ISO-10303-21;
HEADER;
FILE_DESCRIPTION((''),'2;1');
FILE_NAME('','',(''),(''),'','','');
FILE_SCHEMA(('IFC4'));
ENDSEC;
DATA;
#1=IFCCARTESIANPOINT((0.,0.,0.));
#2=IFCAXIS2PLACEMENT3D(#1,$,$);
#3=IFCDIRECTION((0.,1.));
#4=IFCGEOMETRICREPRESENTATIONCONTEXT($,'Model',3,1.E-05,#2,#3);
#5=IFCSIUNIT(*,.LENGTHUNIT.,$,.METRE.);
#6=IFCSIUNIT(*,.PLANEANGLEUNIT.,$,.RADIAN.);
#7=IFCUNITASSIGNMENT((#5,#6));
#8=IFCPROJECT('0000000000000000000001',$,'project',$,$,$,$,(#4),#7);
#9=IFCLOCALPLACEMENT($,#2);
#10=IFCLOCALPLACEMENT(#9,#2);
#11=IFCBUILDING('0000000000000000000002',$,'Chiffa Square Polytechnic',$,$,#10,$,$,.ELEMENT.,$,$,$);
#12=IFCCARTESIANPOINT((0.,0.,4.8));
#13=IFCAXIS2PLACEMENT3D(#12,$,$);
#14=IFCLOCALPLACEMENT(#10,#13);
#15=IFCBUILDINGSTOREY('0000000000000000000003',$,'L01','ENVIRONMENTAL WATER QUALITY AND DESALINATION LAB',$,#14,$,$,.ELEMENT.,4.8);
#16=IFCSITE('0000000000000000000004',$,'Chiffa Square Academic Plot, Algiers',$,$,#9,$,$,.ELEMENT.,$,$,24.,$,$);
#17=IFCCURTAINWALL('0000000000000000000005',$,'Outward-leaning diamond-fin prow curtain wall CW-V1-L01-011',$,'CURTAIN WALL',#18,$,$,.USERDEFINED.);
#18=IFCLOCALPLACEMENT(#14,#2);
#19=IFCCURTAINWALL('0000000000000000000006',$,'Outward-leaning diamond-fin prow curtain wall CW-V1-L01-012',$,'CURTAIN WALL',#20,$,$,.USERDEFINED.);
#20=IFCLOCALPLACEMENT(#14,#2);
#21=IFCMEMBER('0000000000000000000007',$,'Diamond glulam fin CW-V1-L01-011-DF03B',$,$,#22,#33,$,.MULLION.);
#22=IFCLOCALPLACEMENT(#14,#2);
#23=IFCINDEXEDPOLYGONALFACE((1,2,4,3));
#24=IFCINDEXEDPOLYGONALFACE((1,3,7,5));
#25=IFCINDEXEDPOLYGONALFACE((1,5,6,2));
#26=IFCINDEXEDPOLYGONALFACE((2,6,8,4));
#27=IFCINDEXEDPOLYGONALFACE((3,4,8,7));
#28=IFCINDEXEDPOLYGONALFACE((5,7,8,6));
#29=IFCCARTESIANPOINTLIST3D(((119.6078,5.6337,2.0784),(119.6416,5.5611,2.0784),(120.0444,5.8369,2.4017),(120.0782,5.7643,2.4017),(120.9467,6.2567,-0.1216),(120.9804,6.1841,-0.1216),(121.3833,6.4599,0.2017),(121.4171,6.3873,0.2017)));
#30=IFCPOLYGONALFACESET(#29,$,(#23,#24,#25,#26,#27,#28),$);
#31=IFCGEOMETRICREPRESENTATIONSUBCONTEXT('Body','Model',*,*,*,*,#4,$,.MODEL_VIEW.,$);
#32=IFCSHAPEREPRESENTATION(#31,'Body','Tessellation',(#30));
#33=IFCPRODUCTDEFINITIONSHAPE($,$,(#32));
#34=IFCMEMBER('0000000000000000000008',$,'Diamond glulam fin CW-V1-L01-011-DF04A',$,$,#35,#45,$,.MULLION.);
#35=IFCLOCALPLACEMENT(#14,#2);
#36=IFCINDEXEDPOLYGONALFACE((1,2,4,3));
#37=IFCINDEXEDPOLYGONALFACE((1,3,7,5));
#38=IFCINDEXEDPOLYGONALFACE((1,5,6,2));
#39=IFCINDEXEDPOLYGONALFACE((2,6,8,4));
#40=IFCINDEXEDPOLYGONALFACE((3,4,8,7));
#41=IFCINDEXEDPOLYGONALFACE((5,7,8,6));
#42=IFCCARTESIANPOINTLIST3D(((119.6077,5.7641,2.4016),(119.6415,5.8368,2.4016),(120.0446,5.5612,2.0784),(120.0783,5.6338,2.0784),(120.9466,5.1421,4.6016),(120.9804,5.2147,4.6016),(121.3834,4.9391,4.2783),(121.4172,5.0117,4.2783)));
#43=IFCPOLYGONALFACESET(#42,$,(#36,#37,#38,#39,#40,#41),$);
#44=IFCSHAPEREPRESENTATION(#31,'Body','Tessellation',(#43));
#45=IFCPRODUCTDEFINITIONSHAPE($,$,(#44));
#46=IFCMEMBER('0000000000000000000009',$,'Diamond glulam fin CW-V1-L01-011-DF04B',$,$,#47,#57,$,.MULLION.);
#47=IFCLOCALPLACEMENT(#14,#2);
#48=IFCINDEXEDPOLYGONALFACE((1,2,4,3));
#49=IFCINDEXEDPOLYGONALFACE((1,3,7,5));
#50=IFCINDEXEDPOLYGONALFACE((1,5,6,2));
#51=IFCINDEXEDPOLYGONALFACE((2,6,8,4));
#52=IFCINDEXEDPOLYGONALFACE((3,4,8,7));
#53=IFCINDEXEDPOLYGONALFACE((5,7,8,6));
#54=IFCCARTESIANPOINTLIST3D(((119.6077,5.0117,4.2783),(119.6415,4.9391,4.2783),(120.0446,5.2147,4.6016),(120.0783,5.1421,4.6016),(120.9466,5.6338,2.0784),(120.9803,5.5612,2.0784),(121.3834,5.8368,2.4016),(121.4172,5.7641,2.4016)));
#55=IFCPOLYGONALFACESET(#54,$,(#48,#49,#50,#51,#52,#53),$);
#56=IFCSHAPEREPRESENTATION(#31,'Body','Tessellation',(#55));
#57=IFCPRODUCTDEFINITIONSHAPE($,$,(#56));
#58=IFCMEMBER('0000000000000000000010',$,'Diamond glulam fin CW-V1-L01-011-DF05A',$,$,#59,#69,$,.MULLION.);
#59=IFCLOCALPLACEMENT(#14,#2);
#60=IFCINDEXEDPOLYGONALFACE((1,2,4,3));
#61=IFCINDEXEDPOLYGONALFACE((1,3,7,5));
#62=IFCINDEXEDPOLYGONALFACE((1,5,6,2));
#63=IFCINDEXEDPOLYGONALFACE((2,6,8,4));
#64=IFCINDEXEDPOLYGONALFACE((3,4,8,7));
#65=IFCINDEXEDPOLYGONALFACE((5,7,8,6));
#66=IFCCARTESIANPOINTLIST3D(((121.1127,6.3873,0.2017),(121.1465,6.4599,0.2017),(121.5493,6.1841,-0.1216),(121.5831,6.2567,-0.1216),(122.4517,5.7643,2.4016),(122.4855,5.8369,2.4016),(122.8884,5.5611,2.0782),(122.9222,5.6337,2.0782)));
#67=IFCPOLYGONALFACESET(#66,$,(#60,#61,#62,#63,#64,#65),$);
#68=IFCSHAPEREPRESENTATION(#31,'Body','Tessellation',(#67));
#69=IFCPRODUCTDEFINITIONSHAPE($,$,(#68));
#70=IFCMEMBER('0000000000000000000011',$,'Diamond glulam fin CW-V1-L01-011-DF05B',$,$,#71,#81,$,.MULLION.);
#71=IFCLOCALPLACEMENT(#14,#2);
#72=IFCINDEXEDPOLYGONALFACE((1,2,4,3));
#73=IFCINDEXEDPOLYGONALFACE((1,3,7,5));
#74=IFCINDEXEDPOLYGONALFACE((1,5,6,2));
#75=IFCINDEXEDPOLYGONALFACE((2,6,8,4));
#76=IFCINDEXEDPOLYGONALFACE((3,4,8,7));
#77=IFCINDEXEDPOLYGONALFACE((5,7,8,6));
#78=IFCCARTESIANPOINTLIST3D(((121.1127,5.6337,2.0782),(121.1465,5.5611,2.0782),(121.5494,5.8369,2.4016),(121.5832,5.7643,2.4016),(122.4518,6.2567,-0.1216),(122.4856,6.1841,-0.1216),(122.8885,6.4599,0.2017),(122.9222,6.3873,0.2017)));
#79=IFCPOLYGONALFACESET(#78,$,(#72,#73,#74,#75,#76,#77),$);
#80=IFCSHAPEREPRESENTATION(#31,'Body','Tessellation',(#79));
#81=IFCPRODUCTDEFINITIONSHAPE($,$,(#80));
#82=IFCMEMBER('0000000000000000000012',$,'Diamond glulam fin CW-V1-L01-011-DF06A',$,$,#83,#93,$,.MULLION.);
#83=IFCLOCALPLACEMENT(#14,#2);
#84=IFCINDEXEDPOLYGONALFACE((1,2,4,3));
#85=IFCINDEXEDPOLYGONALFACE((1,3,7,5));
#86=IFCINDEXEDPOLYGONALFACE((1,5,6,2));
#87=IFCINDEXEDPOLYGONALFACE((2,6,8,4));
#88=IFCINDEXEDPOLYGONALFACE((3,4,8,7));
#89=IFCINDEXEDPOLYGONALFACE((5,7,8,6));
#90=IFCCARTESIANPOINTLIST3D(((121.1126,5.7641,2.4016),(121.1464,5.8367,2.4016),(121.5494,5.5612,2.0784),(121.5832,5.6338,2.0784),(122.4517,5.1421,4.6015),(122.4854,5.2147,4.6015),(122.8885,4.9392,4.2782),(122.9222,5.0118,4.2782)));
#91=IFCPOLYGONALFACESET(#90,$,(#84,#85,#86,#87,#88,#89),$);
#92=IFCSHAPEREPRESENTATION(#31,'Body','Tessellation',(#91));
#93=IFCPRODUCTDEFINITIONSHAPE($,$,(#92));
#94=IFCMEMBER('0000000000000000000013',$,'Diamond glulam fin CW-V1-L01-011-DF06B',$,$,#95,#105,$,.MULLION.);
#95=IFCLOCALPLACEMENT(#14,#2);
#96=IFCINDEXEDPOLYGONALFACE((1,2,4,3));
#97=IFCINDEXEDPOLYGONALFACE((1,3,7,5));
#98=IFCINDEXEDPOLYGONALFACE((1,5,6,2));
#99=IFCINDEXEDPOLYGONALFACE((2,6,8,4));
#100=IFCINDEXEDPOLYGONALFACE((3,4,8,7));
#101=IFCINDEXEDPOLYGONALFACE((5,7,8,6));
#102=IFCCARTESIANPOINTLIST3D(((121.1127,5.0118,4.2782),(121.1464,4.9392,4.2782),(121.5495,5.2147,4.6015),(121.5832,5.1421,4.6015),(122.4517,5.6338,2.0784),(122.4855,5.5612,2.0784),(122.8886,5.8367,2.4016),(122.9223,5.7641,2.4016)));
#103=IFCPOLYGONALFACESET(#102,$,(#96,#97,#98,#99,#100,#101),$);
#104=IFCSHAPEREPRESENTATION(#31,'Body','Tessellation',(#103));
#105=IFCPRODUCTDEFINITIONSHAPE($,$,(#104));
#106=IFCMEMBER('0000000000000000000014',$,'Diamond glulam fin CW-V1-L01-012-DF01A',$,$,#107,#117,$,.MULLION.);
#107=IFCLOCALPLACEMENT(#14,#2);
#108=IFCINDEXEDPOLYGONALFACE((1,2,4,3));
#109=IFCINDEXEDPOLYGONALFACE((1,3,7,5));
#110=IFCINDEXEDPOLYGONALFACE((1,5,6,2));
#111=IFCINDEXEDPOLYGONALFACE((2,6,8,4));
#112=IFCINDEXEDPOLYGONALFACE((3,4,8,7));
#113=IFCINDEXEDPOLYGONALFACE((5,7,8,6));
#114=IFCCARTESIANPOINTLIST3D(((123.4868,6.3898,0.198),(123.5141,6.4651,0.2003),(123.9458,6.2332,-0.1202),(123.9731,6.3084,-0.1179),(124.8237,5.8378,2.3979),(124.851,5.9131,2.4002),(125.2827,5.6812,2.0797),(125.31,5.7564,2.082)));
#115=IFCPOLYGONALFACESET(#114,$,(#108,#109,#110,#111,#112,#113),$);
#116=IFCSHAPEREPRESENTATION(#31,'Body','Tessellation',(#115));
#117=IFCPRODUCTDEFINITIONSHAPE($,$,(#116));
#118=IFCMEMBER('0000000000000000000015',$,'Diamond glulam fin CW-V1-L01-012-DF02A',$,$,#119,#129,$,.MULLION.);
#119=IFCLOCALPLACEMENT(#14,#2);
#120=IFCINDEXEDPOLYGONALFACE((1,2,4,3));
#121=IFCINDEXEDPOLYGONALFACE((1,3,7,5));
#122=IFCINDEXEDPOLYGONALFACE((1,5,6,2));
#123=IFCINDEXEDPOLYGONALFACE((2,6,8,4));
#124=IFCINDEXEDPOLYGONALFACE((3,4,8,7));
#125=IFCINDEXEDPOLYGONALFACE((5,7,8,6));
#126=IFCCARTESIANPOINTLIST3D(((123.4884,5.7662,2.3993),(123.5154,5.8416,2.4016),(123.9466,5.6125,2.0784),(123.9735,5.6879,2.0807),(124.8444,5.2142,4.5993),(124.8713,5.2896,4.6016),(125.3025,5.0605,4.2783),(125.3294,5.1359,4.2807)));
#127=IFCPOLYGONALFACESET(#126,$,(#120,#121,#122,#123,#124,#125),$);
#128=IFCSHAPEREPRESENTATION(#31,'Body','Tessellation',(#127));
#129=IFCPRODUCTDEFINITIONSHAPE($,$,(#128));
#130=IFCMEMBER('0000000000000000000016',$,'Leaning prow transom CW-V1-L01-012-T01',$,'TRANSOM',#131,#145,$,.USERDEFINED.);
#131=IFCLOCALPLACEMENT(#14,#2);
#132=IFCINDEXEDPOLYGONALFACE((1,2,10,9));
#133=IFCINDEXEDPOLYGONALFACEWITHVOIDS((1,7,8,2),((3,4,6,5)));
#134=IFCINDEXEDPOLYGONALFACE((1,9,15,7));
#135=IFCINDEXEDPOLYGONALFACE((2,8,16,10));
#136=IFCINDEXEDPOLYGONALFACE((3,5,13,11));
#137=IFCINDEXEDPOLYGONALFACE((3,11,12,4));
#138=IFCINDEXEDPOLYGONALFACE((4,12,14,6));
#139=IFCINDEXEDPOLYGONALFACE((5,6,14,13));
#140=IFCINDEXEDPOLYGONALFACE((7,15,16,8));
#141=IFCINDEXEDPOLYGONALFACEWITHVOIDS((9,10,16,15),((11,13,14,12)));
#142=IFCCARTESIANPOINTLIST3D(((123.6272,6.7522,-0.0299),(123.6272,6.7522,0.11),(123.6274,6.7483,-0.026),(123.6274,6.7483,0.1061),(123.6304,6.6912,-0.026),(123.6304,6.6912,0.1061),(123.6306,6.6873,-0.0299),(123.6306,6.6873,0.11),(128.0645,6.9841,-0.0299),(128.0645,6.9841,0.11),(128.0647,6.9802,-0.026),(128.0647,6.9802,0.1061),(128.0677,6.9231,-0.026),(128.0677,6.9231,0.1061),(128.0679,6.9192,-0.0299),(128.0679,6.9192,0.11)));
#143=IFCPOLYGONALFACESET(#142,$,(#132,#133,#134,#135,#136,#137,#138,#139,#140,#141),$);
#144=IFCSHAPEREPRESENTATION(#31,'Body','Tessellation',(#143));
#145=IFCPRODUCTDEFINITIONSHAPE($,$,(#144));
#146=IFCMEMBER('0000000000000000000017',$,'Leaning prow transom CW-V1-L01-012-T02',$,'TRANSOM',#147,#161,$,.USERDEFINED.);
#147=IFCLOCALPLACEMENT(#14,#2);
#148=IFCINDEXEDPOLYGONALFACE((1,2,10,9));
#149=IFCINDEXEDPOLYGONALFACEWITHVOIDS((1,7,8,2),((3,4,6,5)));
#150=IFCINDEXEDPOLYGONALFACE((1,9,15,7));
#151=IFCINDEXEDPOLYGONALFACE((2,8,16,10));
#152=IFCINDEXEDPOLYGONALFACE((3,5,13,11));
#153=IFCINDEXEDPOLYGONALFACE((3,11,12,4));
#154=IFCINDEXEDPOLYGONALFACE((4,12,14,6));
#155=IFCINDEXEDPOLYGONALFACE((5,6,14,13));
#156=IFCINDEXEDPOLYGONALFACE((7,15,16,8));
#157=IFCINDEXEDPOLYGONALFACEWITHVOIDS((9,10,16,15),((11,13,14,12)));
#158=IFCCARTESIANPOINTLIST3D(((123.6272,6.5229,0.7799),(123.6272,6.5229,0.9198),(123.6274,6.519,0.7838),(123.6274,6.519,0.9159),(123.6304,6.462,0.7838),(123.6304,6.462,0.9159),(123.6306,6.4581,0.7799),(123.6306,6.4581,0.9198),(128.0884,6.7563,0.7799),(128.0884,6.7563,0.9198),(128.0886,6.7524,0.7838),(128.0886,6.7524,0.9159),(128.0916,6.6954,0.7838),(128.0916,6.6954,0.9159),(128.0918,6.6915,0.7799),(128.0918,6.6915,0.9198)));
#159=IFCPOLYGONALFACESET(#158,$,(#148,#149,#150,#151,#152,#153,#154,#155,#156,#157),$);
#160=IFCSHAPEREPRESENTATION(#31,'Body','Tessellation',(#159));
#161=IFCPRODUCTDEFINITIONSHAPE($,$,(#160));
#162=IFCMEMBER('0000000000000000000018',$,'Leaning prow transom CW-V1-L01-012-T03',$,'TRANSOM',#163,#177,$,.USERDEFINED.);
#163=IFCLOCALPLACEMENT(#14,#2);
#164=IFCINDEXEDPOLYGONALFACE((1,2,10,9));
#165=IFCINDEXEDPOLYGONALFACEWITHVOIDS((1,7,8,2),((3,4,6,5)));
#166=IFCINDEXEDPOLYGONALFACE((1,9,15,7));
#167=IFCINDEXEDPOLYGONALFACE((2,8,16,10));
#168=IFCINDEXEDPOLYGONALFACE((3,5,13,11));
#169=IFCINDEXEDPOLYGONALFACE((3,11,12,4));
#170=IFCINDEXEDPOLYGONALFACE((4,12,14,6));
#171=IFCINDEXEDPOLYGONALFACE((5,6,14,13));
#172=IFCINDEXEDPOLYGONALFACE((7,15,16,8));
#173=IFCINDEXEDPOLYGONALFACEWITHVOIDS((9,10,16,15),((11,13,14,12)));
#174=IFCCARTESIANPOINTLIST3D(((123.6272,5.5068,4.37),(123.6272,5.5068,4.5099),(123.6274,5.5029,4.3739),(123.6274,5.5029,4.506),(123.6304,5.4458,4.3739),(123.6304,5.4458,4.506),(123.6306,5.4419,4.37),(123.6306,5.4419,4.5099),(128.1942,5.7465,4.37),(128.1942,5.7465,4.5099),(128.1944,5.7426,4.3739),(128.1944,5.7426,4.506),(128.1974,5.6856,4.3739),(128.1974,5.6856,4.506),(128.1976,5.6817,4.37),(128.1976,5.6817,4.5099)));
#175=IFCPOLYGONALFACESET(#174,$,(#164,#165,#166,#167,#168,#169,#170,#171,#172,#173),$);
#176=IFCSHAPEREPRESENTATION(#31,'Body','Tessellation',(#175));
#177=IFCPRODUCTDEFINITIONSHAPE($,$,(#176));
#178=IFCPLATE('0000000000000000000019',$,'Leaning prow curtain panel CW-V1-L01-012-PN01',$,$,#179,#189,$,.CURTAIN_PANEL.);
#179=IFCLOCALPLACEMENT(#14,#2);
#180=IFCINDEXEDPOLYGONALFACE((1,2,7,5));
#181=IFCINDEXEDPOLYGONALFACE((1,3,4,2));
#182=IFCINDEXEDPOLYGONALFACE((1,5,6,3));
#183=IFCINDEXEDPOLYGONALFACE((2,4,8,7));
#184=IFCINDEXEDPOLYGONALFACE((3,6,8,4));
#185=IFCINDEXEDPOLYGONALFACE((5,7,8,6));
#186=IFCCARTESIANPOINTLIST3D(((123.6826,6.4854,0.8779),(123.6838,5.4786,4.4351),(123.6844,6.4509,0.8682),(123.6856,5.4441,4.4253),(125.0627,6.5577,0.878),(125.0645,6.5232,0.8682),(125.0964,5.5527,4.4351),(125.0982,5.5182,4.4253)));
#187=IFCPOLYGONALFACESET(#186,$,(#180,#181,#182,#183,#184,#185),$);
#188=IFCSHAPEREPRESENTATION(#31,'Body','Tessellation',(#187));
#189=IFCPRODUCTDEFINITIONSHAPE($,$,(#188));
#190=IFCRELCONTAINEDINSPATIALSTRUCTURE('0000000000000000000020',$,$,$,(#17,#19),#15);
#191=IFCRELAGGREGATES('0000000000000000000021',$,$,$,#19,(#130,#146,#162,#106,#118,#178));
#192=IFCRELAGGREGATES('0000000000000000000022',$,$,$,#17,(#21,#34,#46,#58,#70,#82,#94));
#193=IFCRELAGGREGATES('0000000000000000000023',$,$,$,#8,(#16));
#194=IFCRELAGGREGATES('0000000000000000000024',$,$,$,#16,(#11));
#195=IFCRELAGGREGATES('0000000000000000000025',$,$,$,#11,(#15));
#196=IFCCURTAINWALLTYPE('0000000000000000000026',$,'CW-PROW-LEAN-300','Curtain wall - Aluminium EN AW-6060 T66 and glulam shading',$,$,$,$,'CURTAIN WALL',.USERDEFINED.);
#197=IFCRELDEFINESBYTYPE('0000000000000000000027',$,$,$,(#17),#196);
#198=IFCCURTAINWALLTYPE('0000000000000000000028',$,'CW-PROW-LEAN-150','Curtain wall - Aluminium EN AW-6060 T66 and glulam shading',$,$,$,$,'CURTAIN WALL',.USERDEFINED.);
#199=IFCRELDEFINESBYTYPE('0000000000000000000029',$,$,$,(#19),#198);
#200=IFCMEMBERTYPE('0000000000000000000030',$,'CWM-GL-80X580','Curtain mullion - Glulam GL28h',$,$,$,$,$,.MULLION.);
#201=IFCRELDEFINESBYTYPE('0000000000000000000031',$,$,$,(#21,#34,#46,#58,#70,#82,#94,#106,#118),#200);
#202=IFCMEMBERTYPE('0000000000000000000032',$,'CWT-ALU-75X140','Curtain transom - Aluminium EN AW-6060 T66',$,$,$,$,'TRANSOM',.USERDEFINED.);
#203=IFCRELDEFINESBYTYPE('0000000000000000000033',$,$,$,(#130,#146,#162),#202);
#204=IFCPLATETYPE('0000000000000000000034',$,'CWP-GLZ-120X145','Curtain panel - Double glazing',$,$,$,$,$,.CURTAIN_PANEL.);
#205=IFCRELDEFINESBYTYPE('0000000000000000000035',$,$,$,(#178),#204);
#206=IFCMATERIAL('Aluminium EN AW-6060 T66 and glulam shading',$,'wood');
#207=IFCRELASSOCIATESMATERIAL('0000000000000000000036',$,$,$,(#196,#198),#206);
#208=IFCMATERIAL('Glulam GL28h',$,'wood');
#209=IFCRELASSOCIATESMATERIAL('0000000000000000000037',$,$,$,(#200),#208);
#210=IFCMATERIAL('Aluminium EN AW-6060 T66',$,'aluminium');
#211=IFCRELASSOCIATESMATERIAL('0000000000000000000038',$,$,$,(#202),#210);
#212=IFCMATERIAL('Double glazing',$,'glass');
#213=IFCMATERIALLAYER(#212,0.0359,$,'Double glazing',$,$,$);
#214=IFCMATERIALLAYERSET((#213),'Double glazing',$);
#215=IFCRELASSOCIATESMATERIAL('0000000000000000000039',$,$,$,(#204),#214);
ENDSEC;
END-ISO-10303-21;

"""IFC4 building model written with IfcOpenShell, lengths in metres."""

from ifc_helpers import new_model, si_unit, direction, frame, origin, origin_2d, place, context, subcontext, project, spatial, polyline, rectangle, hollow_rectangle, outline, extrude, material, layer, layer_set, material_profile, profile_set, type_object, element, aggregate, save


model = new_model("IFC4")

# Units and contexts
model_context = context("Model", 3, precision=1e-05, world=origin(), true_north=direction((0.0, 1.0)))
body_context = subcontext(model_context, "Body", "Model", "MODEL_VIEW")
ifc_project = project(units=[si_unit("LENGTHUNIT", "METRE"), si_unit("PLANEANGLEUNIT", "RADIAN")], contexts=[model_context])

# Site, building, storey
site_placement = place(None, origin())
site = spatial("IfcSite", under=ifc_project, at=site_placement, Name="Chiffa Square Academic Plot, Algiers", CompositionType="ELEMENT", RefElevation=24.0)
building_placement = place(site_placement, origin())
building = spatial("IfcBuilding", under=site, at=building_placement, Name="Chiffa Square Polytechnic", CompositionType="ELEMENT")
storey_placement = place(building_placement, frame((0.0, 0.0, 4.8)))
storey = spatial("IfcBuildingStorey", under=building, at=storey_placement, Name="L01", Description="ENVIRONMENTAL WATER QUALITY AND DESALINATION LAB", CompositionType="ELEMENT", Elevation=4.8)

# Curtain wall
ifc_material_1 = material(Name="Aluminium EN AW-6060 T66 and glulam shading", Category="wood")
curtain_wall_type_1 = type_object("IfcCurtainWallType", Name="CW-PROW-LEAN-300", Description="Curtain wall - Aluminium EN AW-6060 T66 and glulam shading", ElementType="CURTAIN WALL", PredefinedType="USERDEFINED", material=ifc_material_1)
curtain_wall_1_placement = place(storey_placement, origin())
curtain_wall_1 = element("IfcCurtainWall", 1, at=curtain_wall_1_placement, inside=storey, type_object=curtain_wall_type_1, Name="Outward-leaning diamond-fin prow curtain wall CW-V1-L01-011", ObjectType="CURTAIN WALL", PredefinedType="USERDEFINED")
ifc_material_2 = material(Name="Aluminium EN AW-6060 T66", Category="aluminium")

# Curtain wall
curtain_wall_type_2 = type_object("IfcCurtainWallType", Name="CW-PROW-LEAN-150", Description="Curtain wall - Aluminium EN AW-6060 T66 and glulam shading", ElementType="CURTAIN WALL", PredefinedType="USERDEFINED", material=ifc_material_1)
curtain_wall_2_placement = place(storey_placement, origin())
curtain_wall_2 = element("IfcCurtainWall", 2, at=curtain_wall_2_placement, inside=storey, type_object=curtain_wall_type_2, Name="Outward-leaning diamond-fin prow curtain wall CW-V1-L01-012", ObjectType="CURTAIN WALL", PredefinedType="USERDEFINED")

# Members
ifc_material_3 = material(Name="Glulam GL28h", Category="wood")
ifc_material_profile_1 = material_profile(ifc_material_3, rectangle(XDim=0.0801, YDim=0.5801, at=origin_2d()), Name="GL28h 80x580")
ifc_profile_set_1 = profile_set([ifc_material_profile_1], Name="Glulam GL28h")
member_type_1 = type_object("IfcMemberType", Name="CWM-GL-80X580", Description="Curtain mullion - Glulam GL28h", PredefinedType="MULLION", material=ifc_profile_set_1)
member_1_placement = place(storey_placement, frame((121.1819, 6.322, 0.04), z_axis=(-0.505303, -0.235145, 0.830286), x_axis=(0.421908, -0.906639, 0.0)))
member_1 = element("IfcMember", 3, at=member_1_placement, type_object=member_type_1, Name="Diamond glulam fin CW-V1-L01-011-DF03B", PredefinedType="MULLION", context=body_context, shape_type="SweptSolid", body=[
    extrude(rectangle(XDim=0.0801, YDim=0.5801, at=origin_2d()), origin(), (0.0, 0.0, 1.0), 2.6497),
])
member_2_placement = place(storey_placement, frame((119.843, 5.699, 2.24), z_axis=(0.505347, -0.234797, 0.830358), x_axis=(0.421364, 0.906892, 0.0)))
member_2 = element("IfcMember", 4, at=member_2_placement, type_object=member_type_1, Name="Diamond glulam fin CW-V1-L01-011-DF04A", PredefinedType="MULLION", context=body_context, shape_type="SweptSolid", body=[
    extrude(rectangle(XDim=0.0801, YDim=0.5801, at=origin_2d()), origin(), (0.0, 0.0, 1.0), 2.6494),
])
member_3_placement = place(storey_placement, frame((121.1819, 5.699, 2.24), z_axis=(-0.505347, -0.234797, 0.830358), x_axis=(0.421364, -0.906892, 0.0)))
member_3 = element("IfcMember", 5, at=member_3_placement, type_object=member_type_1, Name="Diamond glulam fin CW-V1-L01-011-DF04B", PredefinedType="MULLION", context=body_context, shape_type="SweptSolid", body=[
    extrude(rectangle(XDim=0.0801, YDim=0.5801, at=origin_2d()), origin(), (0.0, 0.0, 1.0), 2.6494),
])
member_4_placement = place(storey_placement, frame((121.3479, 6.322, 0.04), z_axis=(0.505372, -0.235134, 0.830248), x_axis=(0.421845, 0.906668, 0.0)))
member_4 = element("IfcMember", 6, at=member_4_placement, type_object=member_type_1, Name="Diamond glulam fin CW-V1-L01-011-DF05A", PredefinedType="MULLION", context=body_context, shape_type="SweptSolid", body=[
    extrude(rectangle(XDim=0.0801, YDim=0.5801, at=origin_2d()), origin(), (0.0, 0.0, 1.0), 2.6497),
])
member_5_placement = place(storey_placement, frame((122.687, 6.322, 0.04), z_axis=(-0.505372, -0.235134, 0.830248), x_axis=(0.421845, -0.906668, 0.0)))
member_5 = element("IfcMember", 7, at=member_5_placement, type_object=member_type_1, Name="Diamond glulam fin CW-V1-L01-011-DF05B", PredefinedType="MULLION", context=body_context, shape_type="SweptSolid", body=[
    extrude(rectangle(XDim=0.0801, YDim=0.5801, at=origin_2d()), origin(), (0.0, 0.0, 1.0), 2.6497),
])
member_6_placement = place(storey_placement, frame((121.3479, 5.699, 2.24), z_axis=(0.505416, -0.234786, 0.830319), x_axis=(0.421301, 0.906921, 0.0)))
member_6 = element("IfcMember", 8, at=member_6_placement, type_object=member_type_1, Name="Diamond glulam fin CW-V1-L01-011-DF06A", PredefinedType="MULLION", context=body_context, shape_type="SweptSolid", body=[
    extrude(rectangle(XDim=0.0801, YDim=0.5801, at=origin_2d()), origin(), (0.0, 0.0, 1.0), 2.6494),
])
member_7_placement = place(storey_placement, frame((122.687, 5.699, 2.24), z_axis=(-0.505416, -0.234786, 0.830319), x_axis=(0.421301, -0.906921, 0.0)))
member_7 = element("IfcMember", 9, at=member_7_placement, type_object=member_type_1, Name="Diamond glulam fin CW-V1-L01-011-DF06B", PredefinedType="MULLION", context=body_context, shape_type="SweptSolid", body=[
    extrude(rectangle(XDim=0.0801, YDim=0.5801, at=origin_2d()), origin(), (0.0, 0.0, 1.0), 2.6494),
])
member_8_placement = place(storey_placement, frame((123.73, 6.3491, 0.04), z_axis=(0.507785, -0.209661, 0.835582), x_axis=(0.340697, 0.939733, 0.028752)))
member_8 = element("IfcMember", 10, at=member_8_placement, type_object=member_type_1, Name="Diamond glulam fin CW-V1-L01-012-DF01A", PredefinedType="MULLION", context=body_context, shape_type="SweptSolid", body=[
    extrude(rectangle(XDim=0.0801, YDim=0.5801, at=origin_2d()), origin(), (0.0, 0.0, 1.0), 2.6328),
])
member_9_placement = place(storey_placement, frame((123.731, 5.7271, 2.24), z_axis=(0.513123, -0.208889, 0.832508), x_axis=(0.336177, 0.941352, 0.028995)))
member_9 = element("IfcMember", 11, at=member_9_placement, type_object=member_type_1, Name="Diamond glulam fin CW-V1-L01-012-DF02A", PredefinedType="MULLION", context=body_context, shape_type="SweptSolid", body=[
    extrude(rectangle(XDim=0.0801, YDim=0.5801, at=origin_2d()), origin(), (0.0, 0.0, 1.0), 2.6426),
])
ifc_material_profile_2 = material_profile(ifc_material_2, hollow_rectangle(XDim=0.0649, YDim=0.1399, WallThickness=0.0039, at=origin_2d()), Name="ALU 65x140x4")
ifc_profile_set_2 = profile_set([ifc_material_profile_2], Name="Aluminium EN AW-6060 T66")
member_type_2 = type_object("IfcMemberType", Name="CWT-ALU-75X140", Description="Curtain transom - Aluminium EN AW-6060 T66", ElementType="TRANSOM", PredefinedType="USERDEFINED", material=ifc_profile_set_2)
member_10_placement = place(storey_placement, frame((123.6289, 6.7197, 0.04), z_axis=(0.998637, 0.052198, 0.0), x_axis=(-0.052198, 0.998637, 0.0)))
member_10 = element("IfcMember", 12, at=member_10_placement, type_object=member_type_2, Name="Leaning prow transom CW-V1-L01-012-T01", ObjectType="TRANSOM", PredefinedType="USERDEFINED", context=body_context, shape_type="SweptSolid", body=[
    extrude(hollow_rectangle(XDim=0.0649, YDim=0.1399, WallThickness=0.0039, at=origin_2d()), origin(), (0.0, 0.0, 1.0), 4.4434),
])
member_11_placement = place(storey_placement, frame((123.6289, 6.4905, 0.8499), z_axis=(0.998634, 0.052246, 0.0), x_axis=(-0.052246, 0.998634, 0.0)))
member_11 = element("IfcMember", 13, at=member_11_placement, type_object=member_type_2, Name="Leaning prow transom CW-V1-L01-012-T02", ObjectType="TRANSOM", PredefinedType="USERDEFINED", context=body_context, shape_type="SweptSolid", body=[
    extrude(hollow_rectangle(XDim=0.0649, YDim=0.1399, WallThickness=0.0039, at=origin_2d()), origin(), (0.0, 0.0, 1.0), 4.4673),
])
member_12_placement = place(storey_placement, frame((123.6289, 5.4744, 4.4399), z_axis=(0.998625, 0.052424, 0.0), x_axis=(-0.052424, 0.998625, 0.0)))
member_12 = element("IfcMember", 14, at=member_12_placement, type_object=member_type_2, Name="Leaning prow transom CW-V1-L01-012-T03", ObjectType="TRANSOM", PredefinedType="USERDEFINED", context=body_context, shape_type="SweptSolid", body=[
    extrude(hollow_rectangle(XDim=0.0649, YDim=0.1399, WallThickness=0.0039, at=origin_2d()), origin(), (0.0, 0.0, 1.0), 4.5732),
])

# Plate
ifc_material_4 = material(Name="Double glazing", Category="glass")
ifc_layer_1 = layer(ifc_material_4, 0.0359, Name="Double glazing")
ifc_layer_set_1 = layer_set([ifc_layer_1], Name="Double glazing")
plate_type_1 = type_object("IfcPlateType", Name="CWP-GLZ-120X145", Description="Curtain panel - Double glazing", PredefinedType="CURTAIN_PANEL", material=ifc_layer_set_1)
plate_1_placement = place(storey_placement, frame((123.6826, 6.4854, 0.8779), z_axis=(-0.050405, 0.96098, 0.271986), x_axis=(0.998628, 0.052373, 0.000024)))
plate_1 = element("IfcPlate", 15, at=plate_1_placement, type_object=plate_type_1, Name="Leaning prow curtain panel CW-V1-L01-012-PN01", PredefinedType="CURTAIN_PANEL", context=body_context, shape_type="SweptSolid", body=[
    extrude(outline(polyline([(0.0, 0.0), (1.382, 0.0), (1.3631, -3.6964), (-0.0514, -3.6965), (0.0, 0.0)])), origin(), (0.0, 0.0, -1.0), 0.0359),
])
aggregate(curtain_wall_2, [member_10, member_11, member_12, member_8, member_9, plate_1])
aggregate(curtain_wall_1, [member_1, member_2, member_3, member_4, member_5, member_6, member_7])

save(model, "model.ifc")
